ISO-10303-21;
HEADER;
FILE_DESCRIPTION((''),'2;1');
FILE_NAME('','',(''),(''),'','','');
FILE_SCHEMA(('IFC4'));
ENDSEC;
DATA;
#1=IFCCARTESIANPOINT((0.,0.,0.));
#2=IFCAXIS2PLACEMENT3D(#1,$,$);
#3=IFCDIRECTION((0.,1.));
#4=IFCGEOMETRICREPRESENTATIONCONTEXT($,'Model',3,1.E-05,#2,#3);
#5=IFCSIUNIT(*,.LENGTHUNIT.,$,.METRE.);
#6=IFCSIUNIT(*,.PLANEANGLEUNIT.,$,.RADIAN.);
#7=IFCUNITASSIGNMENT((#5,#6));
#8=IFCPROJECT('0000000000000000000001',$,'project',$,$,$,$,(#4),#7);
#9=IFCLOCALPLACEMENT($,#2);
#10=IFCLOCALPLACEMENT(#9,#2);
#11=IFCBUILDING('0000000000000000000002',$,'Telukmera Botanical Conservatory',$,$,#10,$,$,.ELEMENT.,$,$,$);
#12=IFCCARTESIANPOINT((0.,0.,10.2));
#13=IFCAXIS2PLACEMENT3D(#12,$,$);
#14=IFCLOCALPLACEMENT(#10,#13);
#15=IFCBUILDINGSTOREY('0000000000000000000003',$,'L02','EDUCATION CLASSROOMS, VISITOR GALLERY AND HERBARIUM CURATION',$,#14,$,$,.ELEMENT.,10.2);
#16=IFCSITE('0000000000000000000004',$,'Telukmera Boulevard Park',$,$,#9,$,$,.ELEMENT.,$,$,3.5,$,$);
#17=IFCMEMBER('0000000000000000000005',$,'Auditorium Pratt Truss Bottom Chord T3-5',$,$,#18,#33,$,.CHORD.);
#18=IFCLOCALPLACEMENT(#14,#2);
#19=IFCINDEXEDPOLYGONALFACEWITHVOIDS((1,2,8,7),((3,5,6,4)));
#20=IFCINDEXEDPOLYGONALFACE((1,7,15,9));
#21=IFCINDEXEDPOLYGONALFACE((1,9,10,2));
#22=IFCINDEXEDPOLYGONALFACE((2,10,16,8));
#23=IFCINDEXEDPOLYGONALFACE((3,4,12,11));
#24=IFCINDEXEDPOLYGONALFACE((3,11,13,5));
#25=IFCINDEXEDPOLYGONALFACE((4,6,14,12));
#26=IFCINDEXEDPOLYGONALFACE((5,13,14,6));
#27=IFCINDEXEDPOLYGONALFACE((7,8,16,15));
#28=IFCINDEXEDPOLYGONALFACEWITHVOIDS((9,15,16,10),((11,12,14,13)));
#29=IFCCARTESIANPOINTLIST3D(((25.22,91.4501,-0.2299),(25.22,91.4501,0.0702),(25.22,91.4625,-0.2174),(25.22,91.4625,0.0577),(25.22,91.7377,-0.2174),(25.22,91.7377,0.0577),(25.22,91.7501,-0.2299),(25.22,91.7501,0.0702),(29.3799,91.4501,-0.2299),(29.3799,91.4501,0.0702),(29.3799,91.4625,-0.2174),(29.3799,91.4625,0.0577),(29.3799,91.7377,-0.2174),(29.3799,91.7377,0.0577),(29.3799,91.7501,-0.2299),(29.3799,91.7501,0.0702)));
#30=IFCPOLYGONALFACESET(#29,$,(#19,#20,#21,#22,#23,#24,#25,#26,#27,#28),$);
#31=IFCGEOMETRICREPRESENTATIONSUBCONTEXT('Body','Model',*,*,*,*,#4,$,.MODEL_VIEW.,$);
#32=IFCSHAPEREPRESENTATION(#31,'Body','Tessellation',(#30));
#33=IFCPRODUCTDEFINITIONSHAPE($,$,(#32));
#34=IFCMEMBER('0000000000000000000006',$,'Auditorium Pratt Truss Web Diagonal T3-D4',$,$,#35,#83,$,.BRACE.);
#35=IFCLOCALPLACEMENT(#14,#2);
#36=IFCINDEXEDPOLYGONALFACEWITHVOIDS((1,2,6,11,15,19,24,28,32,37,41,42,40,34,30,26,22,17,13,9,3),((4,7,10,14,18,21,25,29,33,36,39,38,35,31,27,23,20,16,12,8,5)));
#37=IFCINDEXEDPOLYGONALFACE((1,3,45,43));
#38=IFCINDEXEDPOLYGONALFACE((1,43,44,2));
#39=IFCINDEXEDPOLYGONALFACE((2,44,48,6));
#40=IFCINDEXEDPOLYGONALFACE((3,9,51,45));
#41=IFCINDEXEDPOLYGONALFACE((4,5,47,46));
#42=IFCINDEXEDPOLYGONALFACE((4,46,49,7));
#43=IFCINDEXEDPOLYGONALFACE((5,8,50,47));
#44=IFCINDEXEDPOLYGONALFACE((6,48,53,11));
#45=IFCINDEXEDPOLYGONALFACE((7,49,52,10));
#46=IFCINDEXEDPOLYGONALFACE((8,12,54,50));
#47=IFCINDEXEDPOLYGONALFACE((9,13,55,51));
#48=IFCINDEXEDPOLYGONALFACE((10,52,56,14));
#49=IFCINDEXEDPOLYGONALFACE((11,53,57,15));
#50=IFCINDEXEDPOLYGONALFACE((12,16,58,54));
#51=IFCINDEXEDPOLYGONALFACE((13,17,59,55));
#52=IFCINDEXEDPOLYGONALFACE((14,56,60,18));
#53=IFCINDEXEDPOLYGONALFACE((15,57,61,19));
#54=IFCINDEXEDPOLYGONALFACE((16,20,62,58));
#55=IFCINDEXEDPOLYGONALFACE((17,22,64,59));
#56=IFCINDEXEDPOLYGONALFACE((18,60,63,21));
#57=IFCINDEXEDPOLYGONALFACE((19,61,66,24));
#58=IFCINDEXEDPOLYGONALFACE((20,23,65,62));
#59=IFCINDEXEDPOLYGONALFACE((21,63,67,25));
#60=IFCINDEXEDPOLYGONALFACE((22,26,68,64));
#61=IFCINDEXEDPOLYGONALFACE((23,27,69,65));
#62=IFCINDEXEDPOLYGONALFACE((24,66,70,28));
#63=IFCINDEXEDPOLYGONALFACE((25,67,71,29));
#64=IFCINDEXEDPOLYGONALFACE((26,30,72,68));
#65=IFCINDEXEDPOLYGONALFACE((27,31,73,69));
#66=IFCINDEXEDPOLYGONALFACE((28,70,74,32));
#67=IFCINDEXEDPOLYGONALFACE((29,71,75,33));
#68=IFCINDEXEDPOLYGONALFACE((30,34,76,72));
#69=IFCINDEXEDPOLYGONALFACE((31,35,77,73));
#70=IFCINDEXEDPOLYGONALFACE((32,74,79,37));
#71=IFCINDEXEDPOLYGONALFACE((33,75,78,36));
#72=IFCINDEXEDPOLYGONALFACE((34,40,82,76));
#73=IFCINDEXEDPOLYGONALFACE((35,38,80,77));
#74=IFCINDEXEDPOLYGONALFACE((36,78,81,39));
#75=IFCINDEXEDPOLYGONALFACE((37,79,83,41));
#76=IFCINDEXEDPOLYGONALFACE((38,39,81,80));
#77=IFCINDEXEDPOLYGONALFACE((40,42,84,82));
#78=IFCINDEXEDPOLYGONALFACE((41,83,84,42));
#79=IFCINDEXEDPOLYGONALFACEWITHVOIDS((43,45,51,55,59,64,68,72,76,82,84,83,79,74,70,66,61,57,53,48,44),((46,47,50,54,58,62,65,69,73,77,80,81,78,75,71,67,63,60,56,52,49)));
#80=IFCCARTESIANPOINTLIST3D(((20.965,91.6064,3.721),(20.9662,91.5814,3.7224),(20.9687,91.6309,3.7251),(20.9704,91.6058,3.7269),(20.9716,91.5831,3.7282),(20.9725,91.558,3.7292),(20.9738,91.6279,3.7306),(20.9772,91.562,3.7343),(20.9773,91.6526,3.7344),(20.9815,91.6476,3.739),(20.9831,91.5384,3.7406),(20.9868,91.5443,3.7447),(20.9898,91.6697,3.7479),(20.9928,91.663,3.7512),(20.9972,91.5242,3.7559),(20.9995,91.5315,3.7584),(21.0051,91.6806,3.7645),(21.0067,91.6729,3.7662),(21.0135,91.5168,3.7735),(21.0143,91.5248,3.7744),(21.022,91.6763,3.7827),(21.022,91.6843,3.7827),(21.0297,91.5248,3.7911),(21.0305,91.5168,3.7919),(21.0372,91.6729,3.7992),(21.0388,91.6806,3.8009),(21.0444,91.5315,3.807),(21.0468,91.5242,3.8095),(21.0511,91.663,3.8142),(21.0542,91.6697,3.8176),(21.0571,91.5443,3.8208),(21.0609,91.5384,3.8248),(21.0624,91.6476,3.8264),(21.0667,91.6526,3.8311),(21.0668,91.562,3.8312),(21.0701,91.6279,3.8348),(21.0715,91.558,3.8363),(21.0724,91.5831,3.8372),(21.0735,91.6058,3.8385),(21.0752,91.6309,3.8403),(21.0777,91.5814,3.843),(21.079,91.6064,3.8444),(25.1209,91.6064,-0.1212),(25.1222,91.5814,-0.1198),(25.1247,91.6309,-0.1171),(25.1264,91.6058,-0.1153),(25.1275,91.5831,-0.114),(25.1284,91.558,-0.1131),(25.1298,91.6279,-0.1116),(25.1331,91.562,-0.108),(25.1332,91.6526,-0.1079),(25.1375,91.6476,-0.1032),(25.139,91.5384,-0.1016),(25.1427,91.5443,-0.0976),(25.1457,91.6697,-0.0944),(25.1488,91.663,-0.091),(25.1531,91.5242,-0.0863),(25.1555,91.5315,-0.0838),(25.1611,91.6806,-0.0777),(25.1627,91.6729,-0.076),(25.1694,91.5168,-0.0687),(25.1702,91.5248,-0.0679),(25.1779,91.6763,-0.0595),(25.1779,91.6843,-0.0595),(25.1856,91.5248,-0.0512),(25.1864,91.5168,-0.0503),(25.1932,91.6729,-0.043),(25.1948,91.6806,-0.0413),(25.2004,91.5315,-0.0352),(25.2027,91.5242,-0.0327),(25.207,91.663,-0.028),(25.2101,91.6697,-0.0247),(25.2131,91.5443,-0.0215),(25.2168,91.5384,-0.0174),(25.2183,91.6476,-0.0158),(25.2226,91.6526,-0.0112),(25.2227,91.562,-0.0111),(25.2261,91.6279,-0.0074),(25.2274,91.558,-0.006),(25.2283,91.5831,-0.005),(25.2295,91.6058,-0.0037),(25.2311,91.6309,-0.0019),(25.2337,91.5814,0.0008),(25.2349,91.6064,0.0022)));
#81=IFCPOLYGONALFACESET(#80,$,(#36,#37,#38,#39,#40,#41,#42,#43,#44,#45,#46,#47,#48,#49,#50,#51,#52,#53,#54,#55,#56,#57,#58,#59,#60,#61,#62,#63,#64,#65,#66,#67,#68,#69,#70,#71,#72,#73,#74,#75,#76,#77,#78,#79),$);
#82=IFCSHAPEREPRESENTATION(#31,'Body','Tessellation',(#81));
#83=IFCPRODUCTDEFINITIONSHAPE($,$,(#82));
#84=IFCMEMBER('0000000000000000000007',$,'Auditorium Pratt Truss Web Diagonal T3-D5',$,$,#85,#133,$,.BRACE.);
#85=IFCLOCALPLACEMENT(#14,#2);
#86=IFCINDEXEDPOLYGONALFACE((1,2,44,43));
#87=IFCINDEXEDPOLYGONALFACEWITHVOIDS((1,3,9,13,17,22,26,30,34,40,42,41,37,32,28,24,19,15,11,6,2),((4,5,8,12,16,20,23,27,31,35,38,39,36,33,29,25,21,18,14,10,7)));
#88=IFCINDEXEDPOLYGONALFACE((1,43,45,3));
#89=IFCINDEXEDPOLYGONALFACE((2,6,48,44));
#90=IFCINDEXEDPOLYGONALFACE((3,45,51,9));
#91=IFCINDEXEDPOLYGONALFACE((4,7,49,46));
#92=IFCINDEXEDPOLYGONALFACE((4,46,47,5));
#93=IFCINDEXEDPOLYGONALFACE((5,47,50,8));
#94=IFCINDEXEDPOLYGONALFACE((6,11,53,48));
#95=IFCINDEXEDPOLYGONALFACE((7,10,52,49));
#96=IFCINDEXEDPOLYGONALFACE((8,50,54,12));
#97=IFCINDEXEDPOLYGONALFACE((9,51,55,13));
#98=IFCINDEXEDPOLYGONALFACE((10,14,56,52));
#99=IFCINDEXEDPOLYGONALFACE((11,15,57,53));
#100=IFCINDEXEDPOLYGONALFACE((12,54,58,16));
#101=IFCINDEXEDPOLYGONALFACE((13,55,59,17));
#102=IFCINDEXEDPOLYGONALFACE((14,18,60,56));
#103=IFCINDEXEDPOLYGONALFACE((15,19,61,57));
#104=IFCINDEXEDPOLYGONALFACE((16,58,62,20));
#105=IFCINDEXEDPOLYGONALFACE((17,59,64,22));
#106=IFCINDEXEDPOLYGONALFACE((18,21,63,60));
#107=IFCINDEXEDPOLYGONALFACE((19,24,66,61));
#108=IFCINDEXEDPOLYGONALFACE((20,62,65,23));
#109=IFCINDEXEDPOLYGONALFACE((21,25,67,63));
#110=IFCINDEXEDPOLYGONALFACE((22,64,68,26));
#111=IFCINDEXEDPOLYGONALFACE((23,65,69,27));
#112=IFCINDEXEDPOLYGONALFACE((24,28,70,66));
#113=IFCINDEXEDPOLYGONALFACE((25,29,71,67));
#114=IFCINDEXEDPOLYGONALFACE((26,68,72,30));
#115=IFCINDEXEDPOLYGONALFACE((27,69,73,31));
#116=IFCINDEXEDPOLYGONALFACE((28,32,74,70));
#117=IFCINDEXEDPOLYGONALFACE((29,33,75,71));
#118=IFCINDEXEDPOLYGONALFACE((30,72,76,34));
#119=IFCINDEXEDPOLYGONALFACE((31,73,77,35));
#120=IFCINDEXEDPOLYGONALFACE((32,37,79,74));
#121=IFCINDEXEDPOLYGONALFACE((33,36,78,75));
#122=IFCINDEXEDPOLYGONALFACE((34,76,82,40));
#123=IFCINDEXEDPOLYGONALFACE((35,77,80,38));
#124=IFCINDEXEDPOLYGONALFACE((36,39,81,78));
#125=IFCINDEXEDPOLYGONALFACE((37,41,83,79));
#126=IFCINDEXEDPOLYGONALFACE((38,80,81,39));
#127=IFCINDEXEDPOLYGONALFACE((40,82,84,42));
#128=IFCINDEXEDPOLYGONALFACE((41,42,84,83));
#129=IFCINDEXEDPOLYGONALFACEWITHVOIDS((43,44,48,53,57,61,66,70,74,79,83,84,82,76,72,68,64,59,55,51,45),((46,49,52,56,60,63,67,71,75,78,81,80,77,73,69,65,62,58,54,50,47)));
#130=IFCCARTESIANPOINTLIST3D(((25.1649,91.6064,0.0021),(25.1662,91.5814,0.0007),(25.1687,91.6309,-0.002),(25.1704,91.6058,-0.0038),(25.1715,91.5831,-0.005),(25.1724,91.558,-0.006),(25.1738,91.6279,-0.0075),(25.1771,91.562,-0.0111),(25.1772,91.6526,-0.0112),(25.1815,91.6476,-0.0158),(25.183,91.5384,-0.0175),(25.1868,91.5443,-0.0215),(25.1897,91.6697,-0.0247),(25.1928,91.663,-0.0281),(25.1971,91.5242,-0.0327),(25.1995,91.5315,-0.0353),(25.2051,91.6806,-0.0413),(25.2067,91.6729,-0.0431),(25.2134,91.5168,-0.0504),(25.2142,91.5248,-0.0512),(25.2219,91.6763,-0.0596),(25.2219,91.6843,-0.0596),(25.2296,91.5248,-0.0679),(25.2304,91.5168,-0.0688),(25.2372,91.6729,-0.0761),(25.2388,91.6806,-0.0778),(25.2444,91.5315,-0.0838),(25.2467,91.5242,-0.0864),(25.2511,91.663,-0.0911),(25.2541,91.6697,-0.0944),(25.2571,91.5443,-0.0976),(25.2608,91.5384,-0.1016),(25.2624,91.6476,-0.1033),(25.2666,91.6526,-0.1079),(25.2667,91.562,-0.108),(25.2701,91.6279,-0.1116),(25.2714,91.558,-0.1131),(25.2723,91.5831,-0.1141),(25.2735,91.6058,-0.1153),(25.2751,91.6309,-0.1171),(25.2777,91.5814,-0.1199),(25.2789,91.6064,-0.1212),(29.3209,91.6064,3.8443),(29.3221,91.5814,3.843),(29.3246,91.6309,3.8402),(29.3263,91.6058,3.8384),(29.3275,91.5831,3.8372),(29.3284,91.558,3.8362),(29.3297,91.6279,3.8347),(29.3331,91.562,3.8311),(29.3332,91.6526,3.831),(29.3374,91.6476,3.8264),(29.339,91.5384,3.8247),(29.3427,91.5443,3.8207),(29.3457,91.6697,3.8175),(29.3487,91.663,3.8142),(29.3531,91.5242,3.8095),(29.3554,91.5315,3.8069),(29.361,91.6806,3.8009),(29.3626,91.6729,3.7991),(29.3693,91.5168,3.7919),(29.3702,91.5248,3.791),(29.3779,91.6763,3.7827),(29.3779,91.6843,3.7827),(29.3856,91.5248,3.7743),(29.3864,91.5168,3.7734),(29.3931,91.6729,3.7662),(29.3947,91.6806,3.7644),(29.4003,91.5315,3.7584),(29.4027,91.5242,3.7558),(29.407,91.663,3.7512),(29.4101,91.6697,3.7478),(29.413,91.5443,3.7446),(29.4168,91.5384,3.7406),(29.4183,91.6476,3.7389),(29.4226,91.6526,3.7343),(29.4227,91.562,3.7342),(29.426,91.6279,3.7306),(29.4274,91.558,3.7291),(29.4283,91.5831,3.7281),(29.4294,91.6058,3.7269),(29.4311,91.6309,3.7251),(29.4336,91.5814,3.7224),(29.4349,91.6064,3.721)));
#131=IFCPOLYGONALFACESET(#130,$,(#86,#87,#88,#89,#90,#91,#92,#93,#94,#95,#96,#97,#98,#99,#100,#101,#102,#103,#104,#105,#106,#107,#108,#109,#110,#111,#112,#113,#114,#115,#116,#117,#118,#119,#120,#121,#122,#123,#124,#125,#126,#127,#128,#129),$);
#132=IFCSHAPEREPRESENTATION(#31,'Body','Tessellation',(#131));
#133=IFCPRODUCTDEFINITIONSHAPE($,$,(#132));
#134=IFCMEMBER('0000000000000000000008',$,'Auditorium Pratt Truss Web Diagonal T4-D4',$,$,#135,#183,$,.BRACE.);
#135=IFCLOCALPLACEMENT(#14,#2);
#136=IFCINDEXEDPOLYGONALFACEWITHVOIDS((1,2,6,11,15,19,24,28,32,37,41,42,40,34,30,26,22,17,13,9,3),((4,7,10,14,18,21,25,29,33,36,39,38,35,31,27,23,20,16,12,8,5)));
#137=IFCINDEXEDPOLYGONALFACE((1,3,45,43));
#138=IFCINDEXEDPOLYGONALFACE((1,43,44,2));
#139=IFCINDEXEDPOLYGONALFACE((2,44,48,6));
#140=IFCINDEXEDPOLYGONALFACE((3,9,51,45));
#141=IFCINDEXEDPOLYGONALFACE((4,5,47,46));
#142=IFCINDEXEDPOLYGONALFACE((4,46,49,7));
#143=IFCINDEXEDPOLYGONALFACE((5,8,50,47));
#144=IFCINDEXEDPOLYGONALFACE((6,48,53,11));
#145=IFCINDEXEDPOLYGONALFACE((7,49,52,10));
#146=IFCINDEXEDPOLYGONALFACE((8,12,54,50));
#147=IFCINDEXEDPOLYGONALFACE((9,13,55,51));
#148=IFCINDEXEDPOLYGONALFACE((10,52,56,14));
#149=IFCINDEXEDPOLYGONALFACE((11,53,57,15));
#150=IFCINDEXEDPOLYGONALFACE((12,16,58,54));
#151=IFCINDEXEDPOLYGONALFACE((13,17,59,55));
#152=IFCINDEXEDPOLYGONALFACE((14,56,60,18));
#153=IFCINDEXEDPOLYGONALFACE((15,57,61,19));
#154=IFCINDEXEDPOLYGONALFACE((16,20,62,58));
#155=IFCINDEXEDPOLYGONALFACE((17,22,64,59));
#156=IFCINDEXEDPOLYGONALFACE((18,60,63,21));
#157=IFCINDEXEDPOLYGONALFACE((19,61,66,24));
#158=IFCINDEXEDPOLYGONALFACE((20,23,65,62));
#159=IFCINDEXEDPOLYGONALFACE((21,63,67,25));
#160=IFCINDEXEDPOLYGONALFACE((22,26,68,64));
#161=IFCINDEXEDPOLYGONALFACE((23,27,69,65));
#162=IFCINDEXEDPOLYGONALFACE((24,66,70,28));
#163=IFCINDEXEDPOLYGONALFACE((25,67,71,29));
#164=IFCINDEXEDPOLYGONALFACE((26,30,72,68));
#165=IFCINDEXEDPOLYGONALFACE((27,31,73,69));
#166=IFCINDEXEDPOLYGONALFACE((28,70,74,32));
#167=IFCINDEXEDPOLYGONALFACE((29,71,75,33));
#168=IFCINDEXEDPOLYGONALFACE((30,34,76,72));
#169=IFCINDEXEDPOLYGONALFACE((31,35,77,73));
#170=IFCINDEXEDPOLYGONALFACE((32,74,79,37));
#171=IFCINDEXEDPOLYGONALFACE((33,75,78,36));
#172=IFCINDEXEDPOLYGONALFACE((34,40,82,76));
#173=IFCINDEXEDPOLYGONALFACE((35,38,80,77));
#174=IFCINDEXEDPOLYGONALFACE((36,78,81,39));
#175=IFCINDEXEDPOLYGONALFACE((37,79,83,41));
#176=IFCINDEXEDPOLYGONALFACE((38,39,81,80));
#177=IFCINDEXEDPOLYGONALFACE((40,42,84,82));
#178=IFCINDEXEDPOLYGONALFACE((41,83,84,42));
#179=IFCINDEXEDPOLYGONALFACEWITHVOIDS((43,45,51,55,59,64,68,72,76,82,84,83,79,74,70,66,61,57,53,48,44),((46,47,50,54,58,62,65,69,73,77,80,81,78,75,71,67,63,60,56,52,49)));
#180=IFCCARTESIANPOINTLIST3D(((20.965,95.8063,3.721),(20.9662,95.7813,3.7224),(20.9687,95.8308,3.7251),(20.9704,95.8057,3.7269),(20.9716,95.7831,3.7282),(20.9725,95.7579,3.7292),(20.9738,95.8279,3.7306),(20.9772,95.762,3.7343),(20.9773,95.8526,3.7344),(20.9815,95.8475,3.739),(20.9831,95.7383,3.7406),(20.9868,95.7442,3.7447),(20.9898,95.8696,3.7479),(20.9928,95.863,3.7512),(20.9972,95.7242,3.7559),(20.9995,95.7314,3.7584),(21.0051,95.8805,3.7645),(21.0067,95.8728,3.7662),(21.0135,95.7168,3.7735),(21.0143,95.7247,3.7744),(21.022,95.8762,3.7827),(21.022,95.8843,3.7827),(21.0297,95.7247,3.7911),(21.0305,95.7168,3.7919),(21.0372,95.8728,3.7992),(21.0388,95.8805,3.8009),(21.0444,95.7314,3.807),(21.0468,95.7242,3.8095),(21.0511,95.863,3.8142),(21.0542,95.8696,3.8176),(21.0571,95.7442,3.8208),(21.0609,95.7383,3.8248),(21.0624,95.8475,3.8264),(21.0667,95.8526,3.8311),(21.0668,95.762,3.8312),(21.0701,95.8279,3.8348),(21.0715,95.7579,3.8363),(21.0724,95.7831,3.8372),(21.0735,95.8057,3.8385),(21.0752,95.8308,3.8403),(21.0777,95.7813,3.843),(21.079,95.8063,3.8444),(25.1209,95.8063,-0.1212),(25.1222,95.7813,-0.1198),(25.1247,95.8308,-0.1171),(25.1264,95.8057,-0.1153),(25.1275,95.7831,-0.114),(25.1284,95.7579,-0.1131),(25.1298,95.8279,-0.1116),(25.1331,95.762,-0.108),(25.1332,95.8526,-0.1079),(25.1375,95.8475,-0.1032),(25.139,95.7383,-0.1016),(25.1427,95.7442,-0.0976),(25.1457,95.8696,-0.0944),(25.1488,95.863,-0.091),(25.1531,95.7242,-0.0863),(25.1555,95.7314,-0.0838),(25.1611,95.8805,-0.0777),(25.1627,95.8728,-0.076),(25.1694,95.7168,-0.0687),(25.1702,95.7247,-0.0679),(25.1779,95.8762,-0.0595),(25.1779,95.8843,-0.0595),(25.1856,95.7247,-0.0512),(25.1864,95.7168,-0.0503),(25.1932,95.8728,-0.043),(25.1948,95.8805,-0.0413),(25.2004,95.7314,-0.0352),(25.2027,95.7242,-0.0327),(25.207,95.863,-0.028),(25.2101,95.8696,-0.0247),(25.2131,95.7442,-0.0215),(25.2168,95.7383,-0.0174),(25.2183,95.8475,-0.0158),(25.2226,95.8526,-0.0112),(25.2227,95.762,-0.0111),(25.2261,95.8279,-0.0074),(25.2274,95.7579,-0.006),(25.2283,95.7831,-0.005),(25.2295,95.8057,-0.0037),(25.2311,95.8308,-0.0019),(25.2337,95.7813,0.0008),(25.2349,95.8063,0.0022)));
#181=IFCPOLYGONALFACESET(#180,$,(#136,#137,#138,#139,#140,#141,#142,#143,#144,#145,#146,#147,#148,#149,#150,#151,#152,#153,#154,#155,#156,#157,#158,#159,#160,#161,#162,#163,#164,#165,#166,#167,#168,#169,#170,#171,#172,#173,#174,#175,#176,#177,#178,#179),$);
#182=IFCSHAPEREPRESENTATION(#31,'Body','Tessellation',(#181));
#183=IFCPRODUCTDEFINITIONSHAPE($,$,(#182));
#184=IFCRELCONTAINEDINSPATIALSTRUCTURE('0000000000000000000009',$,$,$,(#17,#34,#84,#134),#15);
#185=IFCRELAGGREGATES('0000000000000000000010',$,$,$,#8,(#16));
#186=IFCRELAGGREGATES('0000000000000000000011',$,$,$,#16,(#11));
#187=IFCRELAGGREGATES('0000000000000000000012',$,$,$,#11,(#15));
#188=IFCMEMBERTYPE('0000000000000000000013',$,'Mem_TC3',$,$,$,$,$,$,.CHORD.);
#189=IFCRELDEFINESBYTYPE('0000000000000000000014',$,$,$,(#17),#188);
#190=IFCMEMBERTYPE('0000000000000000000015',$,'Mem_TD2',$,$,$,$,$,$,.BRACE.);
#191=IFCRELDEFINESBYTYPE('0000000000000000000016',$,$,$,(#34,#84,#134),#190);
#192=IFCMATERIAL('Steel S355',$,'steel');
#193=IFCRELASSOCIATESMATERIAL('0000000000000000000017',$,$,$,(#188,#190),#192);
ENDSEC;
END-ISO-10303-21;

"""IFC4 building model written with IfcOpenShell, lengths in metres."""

from ifc_helpers import new_model, si_unit, direction, frame, origin, origin_2d, place, context, subcontext, project, spatial, hollow_rectangle, hollow_circle, extrude, material, material_profile, profile_set, type_object, element, save


model = new_model("IFC4")

# Units and contexts
model_context = context("Model", 3, precision=1e-05, world=origin(), true_north=direction((0.0, 1.0)))
body_context = subcontext(model_context, "Body", "Model", "MODEL_VIEW")
ifc_project = project(units=[si_unit("LENGTHUNIT", "METRE"), si_unit("PLANEANGLEUNIT", "RADIAN")], contexts=[model_context])

# Site, building, storey
site_placement = place(None, origin())
site = spatial("IfcSite", under=ifc_project, at=site_placement, Name="Telukmera Boulevard Park", CompositionType="ELEMENT", RefElevation=3.5)
building_placement = place(site_placement, origin())
building = spatial("IfcBuilding", under=site, at=building_placement, Name="Telukmera Botanical Conservatory", CompositionType="ELEMENT")
storey_placement = place(building_placement, frame((0.0, 0.0, 10.2)))
storey = spatial("IfcBuildingStorey", under=building, at=storey_placement, Name="L02", Description="EDUCATION CLASSROOMS, VISITOR GALLERY AND HERBARIUM CURATION", CompositionType="ELEMENT", Elevation=10.2)

# Members
ifc_material = material(Name="Steel S355", Category="steel")
ifc_material_profile_1 = material_profile(ifc_material, hollow_rectangle(XDim=0.3, YDim=0.3, WallThickness=0.0125, at=origin_2d()), Name="SHS 300x300x12.5")
ifc_profile_set_1 = profile_set([ifc_material_profile_1], Name="Steel S355")
member_type_1 = type_object("IfcMemberType", Name="Mem_TC3", PredefinedType="CHORD", material=ifc_profile_set_1)
for number, where, z_axis, x_axis, name in (
    (1, (25.22, 91.6001, -0.0798), (1.0, 0.0, 0.0), (0.0, 1.0, 0.0), "Auditorium Pratt Truss Bottom Chord T3-5"),
):
    element("IfcMember", number, at=place(storey_placement, frame(where, z_axis=z_axis, x_axis=x_axis)), inside=storey, type_object=member_type_1, Name=name, PredefinedType="CHORD", context=body_context, shape_type="SweptSolid", body=[
        extrude(hollow_rectangle(XDim=0.3, YDim=0.3, WallThickness=0.0125, at=origin_2d()), origin(), (0.0, 0.0, 1.0), 4.1599),
    ])
ifc_material_profile_2 = material_profile(ifc_material, hollow_circle(Radius=0.0842, WallThickness=0.0081, at=origin_2d()), Name="CHS 168.3x8.0")
ifc_profile_set_2 = profile_set([ifc_material_profile_2], Name="Steel S355")
member_type_2 = type_object("IfcMemberType", Name="Mem_TD2", PredefinedType="BRACE", material=ifc_profile_set_2)
for number, where, z_axis, x_axis, name in (
    (2, (21.022, 91.6001, 3.7827), (0.734277, 0.0, -0.67885), (0.0, 1.0, 0.0), "Auditorium Pratt Truss Web Diagonal T3-D4"),
    (3, (25.2219, 91.6001, -0.0596), (0.734277, 0.0, 0.67885), (0.0, 1.0, 0.0), "Auditorium Pratt Truss Web Diagonal T3-D5"),
    (4, (21.022, 95.8, 3.7827), (0.734277, 0.0, -0.67885), (0.0, 1.0, 0.0), "Auditorium Pratt Truss Web Diagonal T4-D4"),
):
    element("IfcMember", number, at=place(storey_placement, frame(where, z_axis=z_axis, x_axis=x_axis)), inside=storey, type_object=member_type_2, Name=name, PredefinedType="BRACE", context=body_context, shape_type="SweptSolid", body=[
        extrude(hollow_circle(Radius=0.0842, WallThickness=0.0081, at=origin_2d()), origin(), (0.0, 0.0, 1.0), 5.6599),
    ])

save(model, "model.ifc")
